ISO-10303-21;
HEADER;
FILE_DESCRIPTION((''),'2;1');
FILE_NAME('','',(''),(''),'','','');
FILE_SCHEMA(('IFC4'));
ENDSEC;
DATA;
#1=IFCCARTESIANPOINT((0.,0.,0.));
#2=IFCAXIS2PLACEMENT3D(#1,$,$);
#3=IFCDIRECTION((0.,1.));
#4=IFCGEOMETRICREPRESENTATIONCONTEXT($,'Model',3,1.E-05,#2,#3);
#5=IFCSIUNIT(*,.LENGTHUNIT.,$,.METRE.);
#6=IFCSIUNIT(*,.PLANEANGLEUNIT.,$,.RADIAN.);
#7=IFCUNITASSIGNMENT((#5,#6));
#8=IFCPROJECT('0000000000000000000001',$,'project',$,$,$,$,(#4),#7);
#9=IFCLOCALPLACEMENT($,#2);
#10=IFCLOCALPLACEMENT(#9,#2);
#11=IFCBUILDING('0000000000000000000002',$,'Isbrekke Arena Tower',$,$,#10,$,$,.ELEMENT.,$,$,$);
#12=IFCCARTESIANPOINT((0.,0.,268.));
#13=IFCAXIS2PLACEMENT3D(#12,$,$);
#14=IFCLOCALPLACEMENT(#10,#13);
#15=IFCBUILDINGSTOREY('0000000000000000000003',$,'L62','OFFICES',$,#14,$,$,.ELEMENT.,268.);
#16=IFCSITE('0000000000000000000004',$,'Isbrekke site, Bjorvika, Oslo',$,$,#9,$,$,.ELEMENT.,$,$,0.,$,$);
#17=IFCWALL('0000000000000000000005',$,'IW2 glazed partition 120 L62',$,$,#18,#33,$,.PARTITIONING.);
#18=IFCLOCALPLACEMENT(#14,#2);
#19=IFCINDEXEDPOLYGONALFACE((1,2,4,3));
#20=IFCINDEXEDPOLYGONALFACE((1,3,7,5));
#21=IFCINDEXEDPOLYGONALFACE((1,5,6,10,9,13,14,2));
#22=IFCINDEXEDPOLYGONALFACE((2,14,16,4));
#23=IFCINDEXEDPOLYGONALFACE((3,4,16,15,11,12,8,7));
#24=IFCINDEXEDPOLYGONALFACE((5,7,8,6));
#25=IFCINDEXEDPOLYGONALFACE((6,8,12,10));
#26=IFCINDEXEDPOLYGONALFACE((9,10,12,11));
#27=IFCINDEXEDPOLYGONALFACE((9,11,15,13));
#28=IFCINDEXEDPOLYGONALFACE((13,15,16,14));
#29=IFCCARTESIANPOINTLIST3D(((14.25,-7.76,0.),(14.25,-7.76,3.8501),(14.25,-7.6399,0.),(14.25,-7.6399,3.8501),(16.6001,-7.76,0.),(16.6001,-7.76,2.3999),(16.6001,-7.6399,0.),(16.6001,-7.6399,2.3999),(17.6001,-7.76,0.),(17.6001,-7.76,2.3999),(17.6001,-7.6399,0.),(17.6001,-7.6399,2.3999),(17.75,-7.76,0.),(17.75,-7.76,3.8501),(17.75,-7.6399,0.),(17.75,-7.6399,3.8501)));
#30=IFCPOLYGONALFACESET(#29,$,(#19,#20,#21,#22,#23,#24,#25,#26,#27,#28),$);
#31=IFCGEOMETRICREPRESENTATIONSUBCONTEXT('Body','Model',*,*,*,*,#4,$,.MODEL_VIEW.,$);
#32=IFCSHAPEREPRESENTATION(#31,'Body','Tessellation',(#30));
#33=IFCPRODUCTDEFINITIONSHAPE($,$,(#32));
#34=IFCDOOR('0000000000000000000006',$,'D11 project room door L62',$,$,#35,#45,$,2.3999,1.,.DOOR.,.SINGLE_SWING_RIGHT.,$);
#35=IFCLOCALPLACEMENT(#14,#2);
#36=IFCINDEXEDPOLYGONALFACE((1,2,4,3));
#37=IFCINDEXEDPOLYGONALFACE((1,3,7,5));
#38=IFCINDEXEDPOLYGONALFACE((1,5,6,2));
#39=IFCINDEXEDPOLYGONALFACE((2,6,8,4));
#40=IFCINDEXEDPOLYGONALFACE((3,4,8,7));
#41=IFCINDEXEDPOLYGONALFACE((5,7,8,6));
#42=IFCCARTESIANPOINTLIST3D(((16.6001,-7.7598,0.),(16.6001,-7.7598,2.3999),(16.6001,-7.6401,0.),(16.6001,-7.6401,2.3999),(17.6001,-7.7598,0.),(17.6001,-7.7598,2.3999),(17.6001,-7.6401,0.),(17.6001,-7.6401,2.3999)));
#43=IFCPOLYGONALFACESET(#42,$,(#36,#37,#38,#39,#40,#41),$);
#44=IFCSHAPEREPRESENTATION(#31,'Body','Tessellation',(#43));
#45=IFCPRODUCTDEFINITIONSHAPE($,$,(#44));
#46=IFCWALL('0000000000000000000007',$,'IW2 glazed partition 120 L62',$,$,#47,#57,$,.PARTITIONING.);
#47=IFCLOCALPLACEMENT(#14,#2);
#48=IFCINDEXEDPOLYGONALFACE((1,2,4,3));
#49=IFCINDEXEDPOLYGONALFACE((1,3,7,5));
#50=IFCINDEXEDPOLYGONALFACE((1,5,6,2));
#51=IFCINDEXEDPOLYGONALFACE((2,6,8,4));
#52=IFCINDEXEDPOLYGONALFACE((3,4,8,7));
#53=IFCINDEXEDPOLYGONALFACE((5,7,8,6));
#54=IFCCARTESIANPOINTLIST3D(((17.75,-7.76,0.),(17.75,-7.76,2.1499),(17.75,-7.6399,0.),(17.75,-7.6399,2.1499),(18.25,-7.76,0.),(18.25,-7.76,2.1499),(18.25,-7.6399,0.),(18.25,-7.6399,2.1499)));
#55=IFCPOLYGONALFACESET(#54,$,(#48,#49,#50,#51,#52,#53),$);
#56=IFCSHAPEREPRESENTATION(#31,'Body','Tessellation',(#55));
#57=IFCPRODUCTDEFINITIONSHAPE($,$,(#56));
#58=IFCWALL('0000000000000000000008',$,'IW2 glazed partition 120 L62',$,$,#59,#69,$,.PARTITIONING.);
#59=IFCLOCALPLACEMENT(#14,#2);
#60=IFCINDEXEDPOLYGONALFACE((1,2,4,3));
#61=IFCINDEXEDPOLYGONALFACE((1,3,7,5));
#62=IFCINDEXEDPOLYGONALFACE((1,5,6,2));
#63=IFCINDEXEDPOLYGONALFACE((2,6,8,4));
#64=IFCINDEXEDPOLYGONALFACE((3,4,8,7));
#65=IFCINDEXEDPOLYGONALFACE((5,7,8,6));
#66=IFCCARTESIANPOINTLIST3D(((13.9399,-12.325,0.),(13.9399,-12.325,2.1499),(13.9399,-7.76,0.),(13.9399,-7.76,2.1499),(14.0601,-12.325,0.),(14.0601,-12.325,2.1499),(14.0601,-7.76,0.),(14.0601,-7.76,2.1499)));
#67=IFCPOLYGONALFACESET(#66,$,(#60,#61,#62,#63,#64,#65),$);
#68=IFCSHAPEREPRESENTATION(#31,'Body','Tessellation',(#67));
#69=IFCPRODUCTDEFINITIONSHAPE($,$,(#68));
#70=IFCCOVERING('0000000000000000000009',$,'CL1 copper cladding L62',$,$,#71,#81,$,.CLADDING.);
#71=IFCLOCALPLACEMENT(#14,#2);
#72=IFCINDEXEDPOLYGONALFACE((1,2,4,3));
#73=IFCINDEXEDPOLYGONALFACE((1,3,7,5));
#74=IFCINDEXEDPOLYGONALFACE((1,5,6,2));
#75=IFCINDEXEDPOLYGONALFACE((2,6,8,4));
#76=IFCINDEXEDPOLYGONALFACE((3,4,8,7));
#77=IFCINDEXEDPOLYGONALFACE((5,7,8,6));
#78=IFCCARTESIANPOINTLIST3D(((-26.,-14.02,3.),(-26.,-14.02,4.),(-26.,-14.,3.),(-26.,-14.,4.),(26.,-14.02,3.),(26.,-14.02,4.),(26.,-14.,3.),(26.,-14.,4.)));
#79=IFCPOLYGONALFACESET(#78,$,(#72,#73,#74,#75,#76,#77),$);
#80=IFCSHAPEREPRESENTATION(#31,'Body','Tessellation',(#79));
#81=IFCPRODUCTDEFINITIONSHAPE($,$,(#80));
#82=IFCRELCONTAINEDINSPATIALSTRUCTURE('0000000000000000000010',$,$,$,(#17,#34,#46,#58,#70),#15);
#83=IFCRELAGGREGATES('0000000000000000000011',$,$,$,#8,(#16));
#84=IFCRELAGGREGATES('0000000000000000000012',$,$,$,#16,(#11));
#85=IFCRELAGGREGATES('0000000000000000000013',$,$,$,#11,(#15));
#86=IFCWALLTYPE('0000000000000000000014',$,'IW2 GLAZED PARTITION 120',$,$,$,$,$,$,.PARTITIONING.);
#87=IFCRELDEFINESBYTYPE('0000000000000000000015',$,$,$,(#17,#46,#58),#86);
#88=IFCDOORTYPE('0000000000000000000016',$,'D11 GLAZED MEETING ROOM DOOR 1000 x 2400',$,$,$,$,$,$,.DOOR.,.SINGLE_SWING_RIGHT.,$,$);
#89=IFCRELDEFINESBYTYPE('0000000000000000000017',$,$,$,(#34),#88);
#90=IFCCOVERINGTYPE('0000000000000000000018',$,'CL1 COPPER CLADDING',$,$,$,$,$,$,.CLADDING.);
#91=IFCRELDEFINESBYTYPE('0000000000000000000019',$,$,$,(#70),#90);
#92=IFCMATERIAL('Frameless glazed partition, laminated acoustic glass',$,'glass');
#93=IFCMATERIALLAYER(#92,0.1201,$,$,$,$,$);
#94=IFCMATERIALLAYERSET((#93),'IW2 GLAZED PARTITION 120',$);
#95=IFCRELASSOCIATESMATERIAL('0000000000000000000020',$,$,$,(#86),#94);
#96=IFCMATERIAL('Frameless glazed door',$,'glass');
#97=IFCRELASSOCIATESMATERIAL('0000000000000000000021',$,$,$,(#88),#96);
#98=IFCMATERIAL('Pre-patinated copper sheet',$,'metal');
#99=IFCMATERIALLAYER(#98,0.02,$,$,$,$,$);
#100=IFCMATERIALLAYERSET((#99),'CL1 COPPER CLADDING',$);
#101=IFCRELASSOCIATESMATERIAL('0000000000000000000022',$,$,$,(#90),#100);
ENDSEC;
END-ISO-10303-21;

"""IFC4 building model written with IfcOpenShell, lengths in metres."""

from ifc_helpers import new_model, si_unit, direction, frame, frame_2d, origin, origin_2d, place, context, subcontext, project, spatial, rectangle, extrude, material, layer, layer_set, type_object, element, fill, save


model = new_model("IFC4")

# Units and contexts
model_context = context("Model", 3, precision=1e-05, world=origin(), true_north=direction((0.0, 1.0)))
body_context = subcontext(model_context, "Body", "Model", "MODEL_VIEW")
ifc_project = project(units=[si_unit("LENGTHUNIT", "METRE"), si_unit("PLANEANGLEUNIT", "RADIAN")], contexts=[model_context])

# Site, building, storey
site_placement = place(None, origin())
site = spatial("IfcSite", under=ifc_project, at=site_placement, Name="Isbrekke site, Bjorvika, Oslo", CompositionType="ELEMENT", RefElevation=0.0)
building_placement = place(site_placement, origin())
building = spatial("IfcBuilding", under=site, at=building_placement, Name="Isbrekke Arena Tower", CompositionType="ELEMENT")
storey_placement = place(building_placement, frame((0.0, 0.0, 268.0)))
storey = spatial("IfcBuildingStorey", under=building, at=storey_placement, Name="L62", Description="OFFICES", CompositionType="ELEMENT", Elevation=268.0)

# Shared definitions
ifc_material_1 = material(Name="Frameless glazed partition, laminated acoustic glass", Category="glass")
ifc_layer_1 = layer(ifc_material_1, 0.1201)
ifc_layer_set_1 = layer_set([ifc_layer_1], Name="IW2 GLAZED PARTITION 120")
wall_type = type_object("IfcWallType", Name="IW2 GLAZED PARTITION 120", PredefinedType="PARTITIONING", material=ifc_layer_set_1)

# Wall, opening, door
wall_1_placement = place(storey_placement, frame((14.25, -7.7, 0.0), z_axis=(0.0, 0.0, 1.0), x_axis=(1.0, 0.0, 0.0)))
wall_1 = element("IfcWall", 1, at=wall_1_placement, inside=storey, type_object=wall_type, Name="IW2 glazed partition 120 L62", PredefinedType="PARTITIONING", context=body_context, shape_type="SweptSolid", body=[
    extrude(rectangle(XDim=3.5, YDim=0.1201, at=frame_2d((1.75, 0.0))), origin(), (0.0, 0.0, 1.0), 3.8501),
])
opening_placement = place(wall_1_placement, frame((2.3501, 0.0, 0.0)))
opening = element("IfcOpeningElement", 2, at=opening_placement, cuts=wall_1, PredefinedType="OPENING", context=body_context, shape_type="SweptSolid", body=[
    extrude(rectangle(XDim=1.0, YDim=2.3999, at=frame_2d((0.5, 1.2))), frame((0.0, 0.075, 0.0), z_axis=(0.0, -1.0, 0.0), x_axis=(1.0, 0.0, 0.0)), (0.0, 0.0, 1.0), 0.1499),
])
ifc_material_2 = material(Name="Frameless glazed door", Category="glass")
door_type = type_object("IfcDoorType", Name="D11 GLAZED MEETING ROOM DOOR 1000 x 2400", OperationType="SINGLE_SWING_RIGHT", PredefinedType="DOOR", material=ifc_material_2)
door_placement = place(opening_placement, origin())
door = element("IfcDoor", 3, at=door_placement, inside=storey, type_object=door_type, Name="D11 project room door L62", OperationType="SINGLE_SWING_RIGHT", OverallHeight=2.3999, OverallWidth=1.0, PredefinedType="DOOR", context=body_context, shape_type="SweptSolid", body=[
    extrude(rectangle(XDim=1.0, YDim=2.3999, at=frame_2d((0.5, 1.2))), frame((0.0, 0.0598, 0.0), z_axis=(0.0, -1.0, 0.0), x_axis=(1.0, 0.0, 0.0)), (0.0, 0.0, 1.0), 0.1196),
])
fill(opening, door)

# Walls
wall_2_placement = place(storey_placement, frame((17.75, -7.7, 0.0), z_axis=(0.0, 0.0, 1.0), x_axis=(1.0, 0.0, 0.0)))
element("IfcWall", 4, at=wall_2_placement, inside=storey, type_object=wall_type, Name="IW2 glazed partition 120 L62", PredefinedType="PARTITIONING", context=body_context, shape_type="SweptSolid", body=[
    extrude(rectangle(XDim=0.5, YDim=0.1201, at=frame_2d((0.25, 0.0))), origin(), (0.0, 0.0, 1.0), 2.1499),
])
wall_3_placement = place(storey_placement, frame((14.0, -12.325, 0.0), z_axis=(0.0, 0.0, 1.0), x_axis=(0.0, 1.0, 0.0)))
element("IfcWall", 5, at=wall_3_placement, inside=storey, type_object=wall_type, Name="IW2 glazed partition 120 L62", PredefinedType="PARTITIONING", context=body_context, shape_type="SweptSolid", body=[
    extrude(rectangle(XDim=4.5649, YDim=0.1201, at=frame_2d((2.2825, 0.0))), origin(), (0.0, 0.0, 1.0), 2.1499),
])

# Covering
ifc_material_3 = material(Name="Pre-patinated copper sheet", Category="metal")
ifc_layer_2 = layer(ifc_material_3, 0.02)
ifc_layer_set_2 = layer_set([ifc_layer_2], Name="CL1 COPPER CLADDING")
covering_type = type_object("IfcCoveringType", Name="CL1 COPPER CLADDING", PredefinedType="CLADDING", material=ifc_layer_set_2)
covering_placement = place(storey_placement, frame((0.0, -14.01, 3.0), z_axis=(0.0, 0.0, 1.0), x_axis=(1.0, 0.0, 0.0)))
element("IfcCovering", 6, at=covering_placement, inside=storey, type_object=covering_type, Name="CL1 copper cladding L62", PredefinedType="CLADDING", context=body_context, shape_type="SweptSolid", body=[
    extrude(rectangle(XDim=52.0, YDim=0.02, at=origin_2d()), origin(), (0.0, 0.0, 1.0), 1.0),
])

save(model, "model.ifc")
